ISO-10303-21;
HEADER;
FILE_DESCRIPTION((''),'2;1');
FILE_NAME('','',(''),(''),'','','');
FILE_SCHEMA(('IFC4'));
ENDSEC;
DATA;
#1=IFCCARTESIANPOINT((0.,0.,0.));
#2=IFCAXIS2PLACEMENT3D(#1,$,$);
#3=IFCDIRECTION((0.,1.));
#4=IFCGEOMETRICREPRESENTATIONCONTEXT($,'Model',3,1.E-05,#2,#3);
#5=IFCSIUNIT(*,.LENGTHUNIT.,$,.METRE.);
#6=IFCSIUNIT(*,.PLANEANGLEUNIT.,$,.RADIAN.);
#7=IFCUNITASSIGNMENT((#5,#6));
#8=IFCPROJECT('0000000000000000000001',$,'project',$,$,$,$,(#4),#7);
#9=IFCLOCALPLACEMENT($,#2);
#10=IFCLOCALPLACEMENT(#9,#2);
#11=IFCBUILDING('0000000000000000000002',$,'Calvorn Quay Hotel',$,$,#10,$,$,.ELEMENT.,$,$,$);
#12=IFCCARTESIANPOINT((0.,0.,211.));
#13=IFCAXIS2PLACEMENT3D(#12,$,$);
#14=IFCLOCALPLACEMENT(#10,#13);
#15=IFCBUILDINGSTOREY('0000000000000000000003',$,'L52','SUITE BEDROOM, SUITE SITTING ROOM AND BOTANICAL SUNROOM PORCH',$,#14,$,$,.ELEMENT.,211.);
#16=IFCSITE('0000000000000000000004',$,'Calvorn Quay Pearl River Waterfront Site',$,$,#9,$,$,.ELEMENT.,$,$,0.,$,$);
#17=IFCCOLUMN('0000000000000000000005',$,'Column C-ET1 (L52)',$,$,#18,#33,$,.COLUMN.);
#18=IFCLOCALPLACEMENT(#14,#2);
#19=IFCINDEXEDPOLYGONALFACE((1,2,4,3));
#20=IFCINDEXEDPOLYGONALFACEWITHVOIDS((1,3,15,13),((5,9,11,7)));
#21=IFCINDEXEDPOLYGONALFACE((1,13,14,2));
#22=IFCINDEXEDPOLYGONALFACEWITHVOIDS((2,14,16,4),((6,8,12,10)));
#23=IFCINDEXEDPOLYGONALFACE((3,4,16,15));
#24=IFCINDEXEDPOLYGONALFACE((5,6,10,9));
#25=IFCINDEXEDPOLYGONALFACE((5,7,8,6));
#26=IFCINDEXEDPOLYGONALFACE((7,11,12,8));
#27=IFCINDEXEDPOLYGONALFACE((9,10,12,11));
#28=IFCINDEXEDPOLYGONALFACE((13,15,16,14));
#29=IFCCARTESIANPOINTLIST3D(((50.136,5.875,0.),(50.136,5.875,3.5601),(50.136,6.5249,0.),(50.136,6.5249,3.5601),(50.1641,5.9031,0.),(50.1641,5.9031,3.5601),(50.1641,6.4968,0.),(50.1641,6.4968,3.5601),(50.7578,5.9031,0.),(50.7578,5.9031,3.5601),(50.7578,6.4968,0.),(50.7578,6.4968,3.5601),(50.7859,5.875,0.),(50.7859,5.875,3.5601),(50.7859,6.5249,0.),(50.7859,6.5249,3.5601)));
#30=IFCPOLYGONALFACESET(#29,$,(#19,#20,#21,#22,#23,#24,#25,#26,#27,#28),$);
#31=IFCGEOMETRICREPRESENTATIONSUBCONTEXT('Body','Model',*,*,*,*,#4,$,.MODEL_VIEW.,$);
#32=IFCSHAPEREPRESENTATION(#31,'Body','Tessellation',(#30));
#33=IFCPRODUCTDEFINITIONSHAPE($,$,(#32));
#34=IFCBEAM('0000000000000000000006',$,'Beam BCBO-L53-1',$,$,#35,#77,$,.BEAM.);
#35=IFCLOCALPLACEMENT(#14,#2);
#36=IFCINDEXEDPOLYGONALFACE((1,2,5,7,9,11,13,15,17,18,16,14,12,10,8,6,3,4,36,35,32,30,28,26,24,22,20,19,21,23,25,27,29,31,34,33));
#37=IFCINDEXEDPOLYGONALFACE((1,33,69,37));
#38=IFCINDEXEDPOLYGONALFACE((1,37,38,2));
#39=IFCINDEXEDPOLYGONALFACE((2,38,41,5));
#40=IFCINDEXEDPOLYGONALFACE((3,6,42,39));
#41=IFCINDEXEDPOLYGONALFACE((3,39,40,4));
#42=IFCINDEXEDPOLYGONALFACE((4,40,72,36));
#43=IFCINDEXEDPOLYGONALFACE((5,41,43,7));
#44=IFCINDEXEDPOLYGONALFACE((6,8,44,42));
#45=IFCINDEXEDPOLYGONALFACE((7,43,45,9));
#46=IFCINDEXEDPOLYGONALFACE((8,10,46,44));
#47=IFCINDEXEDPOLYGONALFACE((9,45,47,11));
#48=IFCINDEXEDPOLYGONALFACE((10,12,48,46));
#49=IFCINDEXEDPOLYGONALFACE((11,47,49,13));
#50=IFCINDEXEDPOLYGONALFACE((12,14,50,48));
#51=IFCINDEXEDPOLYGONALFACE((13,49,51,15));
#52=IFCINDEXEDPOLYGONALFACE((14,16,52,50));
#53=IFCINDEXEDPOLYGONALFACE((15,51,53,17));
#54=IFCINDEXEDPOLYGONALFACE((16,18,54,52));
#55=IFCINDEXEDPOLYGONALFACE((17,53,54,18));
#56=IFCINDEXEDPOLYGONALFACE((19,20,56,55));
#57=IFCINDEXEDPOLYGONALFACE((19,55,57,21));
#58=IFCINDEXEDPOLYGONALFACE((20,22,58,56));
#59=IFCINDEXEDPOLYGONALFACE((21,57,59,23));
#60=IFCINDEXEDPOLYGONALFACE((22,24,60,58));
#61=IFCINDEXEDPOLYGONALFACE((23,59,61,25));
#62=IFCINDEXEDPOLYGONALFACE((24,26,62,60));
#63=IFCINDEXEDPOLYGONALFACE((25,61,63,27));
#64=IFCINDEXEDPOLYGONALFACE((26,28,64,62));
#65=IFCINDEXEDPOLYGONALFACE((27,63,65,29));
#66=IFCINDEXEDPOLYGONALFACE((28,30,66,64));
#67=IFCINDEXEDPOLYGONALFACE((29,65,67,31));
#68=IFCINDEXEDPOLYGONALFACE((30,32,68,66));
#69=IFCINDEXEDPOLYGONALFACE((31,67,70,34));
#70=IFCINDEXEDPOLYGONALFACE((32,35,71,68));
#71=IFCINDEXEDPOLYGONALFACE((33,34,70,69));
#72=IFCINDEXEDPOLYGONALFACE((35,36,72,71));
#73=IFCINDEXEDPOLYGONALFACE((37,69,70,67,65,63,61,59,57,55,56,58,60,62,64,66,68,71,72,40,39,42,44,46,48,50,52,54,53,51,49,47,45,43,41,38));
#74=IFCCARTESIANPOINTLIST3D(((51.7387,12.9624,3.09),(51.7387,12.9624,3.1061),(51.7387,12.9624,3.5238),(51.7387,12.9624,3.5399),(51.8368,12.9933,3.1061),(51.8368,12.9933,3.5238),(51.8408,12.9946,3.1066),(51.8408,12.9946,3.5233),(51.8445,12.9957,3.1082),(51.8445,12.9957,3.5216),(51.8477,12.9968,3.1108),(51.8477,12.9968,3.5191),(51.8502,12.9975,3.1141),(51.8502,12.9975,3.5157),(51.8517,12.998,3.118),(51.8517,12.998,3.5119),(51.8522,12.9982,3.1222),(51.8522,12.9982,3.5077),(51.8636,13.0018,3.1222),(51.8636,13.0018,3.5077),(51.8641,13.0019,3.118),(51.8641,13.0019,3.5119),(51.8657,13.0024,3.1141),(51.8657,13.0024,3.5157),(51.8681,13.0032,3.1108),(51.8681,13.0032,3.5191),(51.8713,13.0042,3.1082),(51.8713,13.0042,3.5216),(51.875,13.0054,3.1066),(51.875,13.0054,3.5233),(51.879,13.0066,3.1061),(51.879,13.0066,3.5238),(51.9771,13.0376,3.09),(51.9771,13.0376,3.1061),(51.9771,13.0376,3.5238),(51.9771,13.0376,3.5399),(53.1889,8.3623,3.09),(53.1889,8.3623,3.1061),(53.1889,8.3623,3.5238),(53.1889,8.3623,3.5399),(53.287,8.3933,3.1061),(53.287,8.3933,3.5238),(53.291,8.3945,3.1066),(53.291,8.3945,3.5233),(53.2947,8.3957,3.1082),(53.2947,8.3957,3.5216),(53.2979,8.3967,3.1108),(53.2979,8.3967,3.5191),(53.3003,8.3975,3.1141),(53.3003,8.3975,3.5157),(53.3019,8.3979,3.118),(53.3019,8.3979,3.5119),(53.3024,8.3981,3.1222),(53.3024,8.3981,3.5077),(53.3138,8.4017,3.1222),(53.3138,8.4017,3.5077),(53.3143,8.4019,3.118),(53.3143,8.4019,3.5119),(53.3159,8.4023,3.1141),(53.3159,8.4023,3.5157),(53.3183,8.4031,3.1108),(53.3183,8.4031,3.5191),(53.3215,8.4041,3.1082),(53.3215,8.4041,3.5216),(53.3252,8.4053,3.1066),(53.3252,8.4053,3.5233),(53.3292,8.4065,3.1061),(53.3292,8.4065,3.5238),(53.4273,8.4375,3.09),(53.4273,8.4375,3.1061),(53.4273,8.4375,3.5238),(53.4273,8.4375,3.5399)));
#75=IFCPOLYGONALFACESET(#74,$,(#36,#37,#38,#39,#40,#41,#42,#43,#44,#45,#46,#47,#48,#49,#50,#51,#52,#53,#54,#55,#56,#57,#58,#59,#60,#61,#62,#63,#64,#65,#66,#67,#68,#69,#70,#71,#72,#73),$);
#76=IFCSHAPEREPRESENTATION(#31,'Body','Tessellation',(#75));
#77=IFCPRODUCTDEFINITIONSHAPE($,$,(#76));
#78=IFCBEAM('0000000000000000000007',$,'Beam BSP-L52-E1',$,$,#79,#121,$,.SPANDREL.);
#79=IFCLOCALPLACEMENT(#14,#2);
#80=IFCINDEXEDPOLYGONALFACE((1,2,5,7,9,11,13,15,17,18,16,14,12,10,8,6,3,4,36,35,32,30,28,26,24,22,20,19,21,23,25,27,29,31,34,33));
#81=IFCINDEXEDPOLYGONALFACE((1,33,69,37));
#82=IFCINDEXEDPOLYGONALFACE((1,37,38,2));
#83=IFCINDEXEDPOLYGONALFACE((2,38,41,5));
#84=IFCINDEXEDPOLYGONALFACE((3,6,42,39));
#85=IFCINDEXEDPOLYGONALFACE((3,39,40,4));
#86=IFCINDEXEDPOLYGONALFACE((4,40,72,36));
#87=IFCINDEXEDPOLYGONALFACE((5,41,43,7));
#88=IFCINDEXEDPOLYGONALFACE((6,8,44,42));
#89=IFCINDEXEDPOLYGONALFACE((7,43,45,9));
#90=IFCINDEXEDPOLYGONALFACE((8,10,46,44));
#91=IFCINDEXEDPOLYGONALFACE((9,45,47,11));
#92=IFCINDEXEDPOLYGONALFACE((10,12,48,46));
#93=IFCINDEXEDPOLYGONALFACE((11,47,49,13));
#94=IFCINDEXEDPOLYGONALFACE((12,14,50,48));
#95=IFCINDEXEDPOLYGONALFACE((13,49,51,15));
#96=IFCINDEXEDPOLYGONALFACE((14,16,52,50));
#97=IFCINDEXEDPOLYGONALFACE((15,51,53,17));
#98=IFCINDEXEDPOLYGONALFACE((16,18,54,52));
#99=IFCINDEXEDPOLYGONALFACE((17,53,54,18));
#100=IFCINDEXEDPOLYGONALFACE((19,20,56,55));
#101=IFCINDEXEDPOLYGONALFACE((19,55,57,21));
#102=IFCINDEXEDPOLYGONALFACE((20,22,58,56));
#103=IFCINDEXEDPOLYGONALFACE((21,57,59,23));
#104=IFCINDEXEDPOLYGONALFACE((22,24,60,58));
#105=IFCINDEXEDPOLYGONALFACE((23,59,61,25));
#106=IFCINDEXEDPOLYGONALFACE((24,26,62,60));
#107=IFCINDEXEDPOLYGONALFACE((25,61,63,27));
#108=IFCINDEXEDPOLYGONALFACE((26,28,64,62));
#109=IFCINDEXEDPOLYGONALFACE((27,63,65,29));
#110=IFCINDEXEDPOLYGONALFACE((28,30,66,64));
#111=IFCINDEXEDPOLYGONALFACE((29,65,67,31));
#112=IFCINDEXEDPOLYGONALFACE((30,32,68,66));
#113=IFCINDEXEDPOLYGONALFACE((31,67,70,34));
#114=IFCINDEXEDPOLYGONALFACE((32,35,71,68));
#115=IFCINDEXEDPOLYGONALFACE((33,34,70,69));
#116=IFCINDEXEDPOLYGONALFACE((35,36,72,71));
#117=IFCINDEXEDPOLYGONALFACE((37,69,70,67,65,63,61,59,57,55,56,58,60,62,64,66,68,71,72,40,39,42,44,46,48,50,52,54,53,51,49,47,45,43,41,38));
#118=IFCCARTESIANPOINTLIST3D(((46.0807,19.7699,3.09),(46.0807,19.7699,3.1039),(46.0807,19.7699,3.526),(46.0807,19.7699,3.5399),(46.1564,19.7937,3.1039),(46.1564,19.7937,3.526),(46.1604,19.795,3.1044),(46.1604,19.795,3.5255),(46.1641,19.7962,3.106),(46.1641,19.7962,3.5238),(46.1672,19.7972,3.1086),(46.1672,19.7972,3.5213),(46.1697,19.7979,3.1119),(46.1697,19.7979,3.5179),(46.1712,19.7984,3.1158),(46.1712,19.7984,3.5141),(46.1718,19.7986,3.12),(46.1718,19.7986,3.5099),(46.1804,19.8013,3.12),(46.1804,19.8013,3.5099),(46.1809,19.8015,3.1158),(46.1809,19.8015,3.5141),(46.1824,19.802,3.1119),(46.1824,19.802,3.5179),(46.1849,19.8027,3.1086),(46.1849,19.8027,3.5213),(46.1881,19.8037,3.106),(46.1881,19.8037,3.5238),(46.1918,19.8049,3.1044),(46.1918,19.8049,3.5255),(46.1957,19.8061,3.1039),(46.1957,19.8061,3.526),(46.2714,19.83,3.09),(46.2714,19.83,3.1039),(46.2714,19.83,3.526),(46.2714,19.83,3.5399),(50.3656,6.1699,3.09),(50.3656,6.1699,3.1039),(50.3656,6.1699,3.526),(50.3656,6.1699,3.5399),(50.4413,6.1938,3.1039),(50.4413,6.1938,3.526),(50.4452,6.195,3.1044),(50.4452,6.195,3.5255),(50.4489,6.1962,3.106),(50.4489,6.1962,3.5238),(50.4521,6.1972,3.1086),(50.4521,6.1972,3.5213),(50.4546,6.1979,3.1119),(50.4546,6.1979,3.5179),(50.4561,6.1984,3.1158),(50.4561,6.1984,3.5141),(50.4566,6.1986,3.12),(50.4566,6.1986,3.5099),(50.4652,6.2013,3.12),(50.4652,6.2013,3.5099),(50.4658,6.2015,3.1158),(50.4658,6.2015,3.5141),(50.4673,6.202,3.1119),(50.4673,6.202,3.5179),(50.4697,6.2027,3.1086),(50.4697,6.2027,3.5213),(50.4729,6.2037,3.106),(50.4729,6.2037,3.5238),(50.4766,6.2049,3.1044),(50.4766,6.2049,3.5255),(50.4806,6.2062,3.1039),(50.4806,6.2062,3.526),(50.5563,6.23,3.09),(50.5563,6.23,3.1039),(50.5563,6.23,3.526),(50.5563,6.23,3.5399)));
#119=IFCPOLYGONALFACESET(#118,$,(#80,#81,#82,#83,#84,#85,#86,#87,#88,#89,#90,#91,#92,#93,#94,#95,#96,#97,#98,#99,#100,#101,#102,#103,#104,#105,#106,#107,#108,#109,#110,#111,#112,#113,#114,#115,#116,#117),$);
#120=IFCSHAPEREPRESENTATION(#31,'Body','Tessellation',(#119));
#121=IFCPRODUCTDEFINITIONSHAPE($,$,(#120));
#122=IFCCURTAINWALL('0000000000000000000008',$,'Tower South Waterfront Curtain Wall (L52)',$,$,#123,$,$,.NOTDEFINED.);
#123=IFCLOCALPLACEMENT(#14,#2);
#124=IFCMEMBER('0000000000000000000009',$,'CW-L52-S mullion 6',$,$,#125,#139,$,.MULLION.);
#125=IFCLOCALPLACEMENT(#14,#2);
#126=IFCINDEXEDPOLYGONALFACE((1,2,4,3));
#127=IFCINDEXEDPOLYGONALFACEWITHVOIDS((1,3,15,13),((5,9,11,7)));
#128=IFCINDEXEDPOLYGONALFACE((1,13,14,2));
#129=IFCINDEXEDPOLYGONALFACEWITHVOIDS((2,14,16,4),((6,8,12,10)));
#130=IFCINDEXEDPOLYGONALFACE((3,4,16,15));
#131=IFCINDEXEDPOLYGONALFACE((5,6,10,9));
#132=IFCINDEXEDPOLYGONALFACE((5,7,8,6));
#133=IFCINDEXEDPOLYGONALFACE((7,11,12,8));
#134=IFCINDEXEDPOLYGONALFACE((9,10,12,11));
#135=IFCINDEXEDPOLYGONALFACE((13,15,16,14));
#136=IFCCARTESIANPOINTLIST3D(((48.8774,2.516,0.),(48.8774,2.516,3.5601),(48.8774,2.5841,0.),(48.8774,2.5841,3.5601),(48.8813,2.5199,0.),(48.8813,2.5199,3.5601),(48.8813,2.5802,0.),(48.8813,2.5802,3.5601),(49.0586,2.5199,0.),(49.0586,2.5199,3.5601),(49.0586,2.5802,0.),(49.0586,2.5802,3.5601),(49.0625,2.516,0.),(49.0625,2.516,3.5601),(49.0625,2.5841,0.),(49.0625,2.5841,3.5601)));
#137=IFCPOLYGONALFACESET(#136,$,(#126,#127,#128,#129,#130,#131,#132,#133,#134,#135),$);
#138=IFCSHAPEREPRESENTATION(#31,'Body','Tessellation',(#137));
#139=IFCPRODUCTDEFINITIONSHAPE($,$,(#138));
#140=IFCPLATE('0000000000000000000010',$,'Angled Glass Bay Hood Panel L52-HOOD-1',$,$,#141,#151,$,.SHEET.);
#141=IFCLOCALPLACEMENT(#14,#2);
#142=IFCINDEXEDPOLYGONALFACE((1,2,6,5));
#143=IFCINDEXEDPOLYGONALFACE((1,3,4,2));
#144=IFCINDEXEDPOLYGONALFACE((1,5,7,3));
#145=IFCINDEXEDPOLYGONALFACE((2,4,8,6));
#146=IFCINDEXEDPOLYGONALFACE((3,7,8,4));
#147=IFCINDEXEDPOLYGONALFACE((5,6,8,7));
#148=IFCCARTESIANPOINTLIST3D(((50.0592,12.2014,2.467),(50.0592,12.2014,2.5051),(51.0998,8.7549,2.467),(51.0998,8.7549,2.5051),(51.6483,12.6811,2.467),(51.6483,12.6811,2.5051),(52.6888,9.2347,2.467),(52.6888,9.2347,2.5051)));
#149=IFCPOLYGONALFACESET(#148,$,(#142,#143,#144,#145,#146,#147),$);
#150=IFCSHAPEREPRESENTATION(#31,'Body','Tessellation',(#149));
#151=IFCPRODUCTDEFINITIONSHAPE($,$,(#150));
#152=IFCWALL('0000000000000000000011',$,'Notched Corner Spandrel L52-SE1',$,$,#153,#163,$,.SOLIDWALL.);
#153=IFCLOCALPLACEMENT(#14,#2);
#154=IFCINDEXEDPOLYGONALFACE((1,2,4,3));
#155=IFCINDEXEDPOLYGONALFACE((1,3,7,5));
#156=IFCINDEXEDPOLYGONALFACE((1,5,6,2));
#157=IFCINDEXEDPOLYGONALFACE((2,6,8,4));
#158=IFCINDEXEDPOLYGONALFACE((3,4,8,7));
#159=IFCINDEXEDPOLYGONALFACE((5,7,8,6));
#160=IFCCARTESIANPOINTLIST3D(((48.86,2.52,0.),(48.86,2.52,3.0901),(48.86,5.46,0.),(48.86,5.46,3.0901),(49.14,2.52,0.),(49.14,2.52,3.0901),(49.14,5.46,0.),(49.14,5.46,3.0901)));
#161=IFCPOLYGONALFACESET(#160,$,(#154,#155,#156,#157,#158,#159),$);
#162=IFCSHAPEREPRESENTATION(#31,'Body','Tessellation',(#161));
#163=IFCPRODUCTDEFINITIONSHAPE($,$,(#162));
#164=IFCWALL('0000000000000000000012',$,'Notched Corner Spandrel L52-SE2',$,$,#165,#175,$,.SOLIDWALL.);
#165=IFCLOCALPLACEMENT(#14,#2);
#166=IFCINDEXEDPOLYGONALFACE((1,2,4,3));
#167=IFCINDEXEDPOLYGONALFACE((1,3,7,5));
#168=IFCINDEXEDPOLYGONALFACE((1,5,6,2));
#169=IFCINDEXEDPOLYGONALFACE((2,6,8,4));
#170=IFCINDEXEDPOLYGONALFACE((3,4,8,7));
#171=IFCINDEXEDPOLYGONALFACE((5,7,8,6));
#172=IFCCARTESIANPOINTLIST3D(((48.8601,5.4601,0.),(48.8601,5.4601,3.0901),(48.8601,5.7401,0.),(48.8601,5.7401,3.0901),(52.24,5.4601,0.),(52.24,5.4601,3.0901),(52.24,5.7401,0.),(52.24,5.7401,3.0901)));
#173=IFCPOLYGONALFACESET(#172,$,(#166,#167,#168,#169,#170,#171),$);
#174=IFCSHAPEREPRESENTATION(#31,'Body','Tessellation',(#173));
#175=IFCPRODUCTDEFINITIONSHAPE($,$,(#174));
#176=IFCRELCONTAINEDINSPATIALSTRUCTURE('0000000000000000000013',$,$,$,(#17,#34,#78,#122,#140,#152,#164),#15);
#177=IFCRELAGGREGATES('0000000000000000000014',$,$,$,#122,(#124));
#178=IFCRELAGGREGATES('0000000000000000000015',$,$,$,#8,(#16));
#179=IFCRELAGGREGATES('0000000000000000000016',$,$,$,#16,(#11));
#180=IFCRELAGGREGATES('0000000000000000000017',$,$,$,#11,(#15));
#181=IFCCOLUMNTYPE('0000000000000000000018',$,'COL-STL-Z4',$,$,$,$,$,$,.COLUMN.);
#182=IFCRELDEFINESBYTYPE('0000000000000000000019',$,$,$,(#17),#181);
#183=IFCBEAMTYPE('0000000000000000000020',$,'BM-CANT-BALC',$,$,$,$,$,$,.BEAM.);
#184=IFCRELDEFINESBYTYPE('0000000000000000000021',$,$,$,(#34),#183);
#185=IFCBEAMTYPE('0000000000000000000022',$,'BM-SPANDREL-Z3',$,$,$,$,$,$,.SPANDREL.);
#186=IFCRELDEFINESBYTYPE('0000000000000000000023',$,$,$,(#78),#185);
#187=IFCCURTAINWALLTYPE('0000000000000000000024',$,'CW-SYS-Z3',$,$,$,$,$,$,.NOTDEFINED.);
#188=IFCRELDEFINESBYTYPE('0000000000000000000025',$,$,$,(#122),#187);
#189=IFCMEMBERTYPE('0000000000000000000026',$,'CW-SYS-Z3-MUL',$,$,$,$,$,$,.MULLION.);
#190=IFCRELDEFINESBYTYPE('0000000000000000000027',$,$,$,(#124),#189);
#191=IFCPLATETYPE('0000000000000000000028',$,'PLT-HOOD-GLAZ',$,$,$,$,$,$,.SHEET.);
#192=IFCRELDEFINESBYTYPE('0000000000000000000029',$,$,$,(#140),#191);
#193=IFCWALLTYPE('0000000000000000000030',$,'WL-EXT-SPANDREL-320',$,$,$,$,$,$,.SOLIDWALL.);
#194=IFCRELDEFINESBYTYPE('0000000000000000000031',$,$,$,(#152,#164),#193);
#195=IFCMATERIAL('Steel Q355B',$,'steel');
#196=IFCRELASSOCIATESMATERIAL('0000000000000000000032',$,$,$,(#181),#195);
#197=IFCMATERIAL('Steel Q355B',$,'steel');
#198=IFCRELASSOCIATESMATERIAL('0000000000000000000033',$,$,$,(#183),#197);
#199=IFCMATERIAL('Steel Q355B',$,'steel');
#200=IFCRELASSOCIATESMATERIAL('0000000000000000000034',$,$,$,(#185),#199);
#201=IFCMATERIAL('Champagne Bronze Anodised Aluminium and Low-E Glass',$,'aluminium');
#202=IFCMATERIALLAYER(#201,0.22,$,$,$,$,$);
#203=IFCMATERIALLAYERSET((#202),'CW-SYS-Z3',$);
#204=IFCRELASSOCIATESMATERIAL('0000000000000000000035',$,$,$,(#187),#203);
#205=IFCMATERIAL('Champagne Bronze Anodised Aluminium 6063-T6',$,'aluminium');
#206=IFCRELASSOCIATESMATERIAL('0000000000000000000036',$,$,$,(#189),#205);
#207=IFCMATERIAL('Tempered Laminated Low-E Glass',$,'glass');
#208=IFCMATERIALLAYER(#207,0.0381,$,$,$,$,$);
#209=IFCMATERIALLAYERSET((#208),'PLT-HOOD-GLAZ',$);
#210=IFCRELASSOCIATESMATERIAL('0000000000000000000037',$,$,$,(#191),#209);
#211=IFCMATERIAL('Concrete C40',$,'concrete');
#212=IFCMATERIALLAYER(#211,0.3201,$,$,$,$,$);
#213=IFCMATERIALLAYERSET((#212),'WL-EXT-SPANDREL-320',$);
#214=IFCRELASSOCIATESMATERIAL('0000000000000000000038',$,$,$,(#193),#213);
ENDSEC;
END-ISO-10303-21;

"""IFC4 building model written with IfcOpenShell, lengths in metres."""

from ifc_helpers import new_model, si_unit, direction, frame, frame_2d, origin, origin_2d, place, context, subcontext, project, spatial, rectangle, hollow_rectangle, i_section, extrude, material, layer, layer_set, material_profile, profile_set, type_object, element, aggregate, save


model = new_model("IFC4")

# Units and contexts
model_context = context("Model", 3, precision=1e-05, world=origin(), true_north=direction((0.0, 1.0)))
body_context = subcontext(model_context, "Body", "Model", "MODEL_VIEW")
ifc_project = project(units=[si_unit("LENGTHUNIT", "METRE"), si_unit("PLANEANGLEUNIT", "RADIAN")], contexts=[model_context])

# Site, building, storey
site_placement = place(None, origin())
site = spatial("IfcSite", under=ifc_project, at=site_placement, Name="Calvorn Quay Pearl River Waterfront Site", CompositionType="ELEMENT", RefElevation=0.0)
building_placement = place(site_placement, origin())
building = spatial("IfcBuilding", under=site, at=building_placement, Name="Calvorn Quay Hotel", CompositionType="ELEMENT")
storey_placement = place(building_placement, frame((0.0, 0.0, 211.0)))
storey = spatial("IfcBuildingStorey", under=building, at=storey_placement, Name="L52", Description="SUITE BEDROOM, SUITE SITTING ROOM AND BOTANICAL SUNROOM PORCH", CompositionType="ELEMENT", Elevation=211.0)

# Column
ifc_material_1 = material(Name="Steel Q355B", Category="steel")
ifc_material_profile_1 = material_profile(ifc_material_1, hollow_rectangle(XDim=0.6499, YDim=0.6499, WallThickness=0.0281, at=origin_2d()), Name="BOX650x650x28")
ifc_profile_set_1 = profile_set([ifc_material_profile_1], Name="Steel Q355B")
column_type = type_object("IfcColumnType", Name="COL-STL-Z4", PredefinedType="COLUMN", material=ifc_profile_set_1)
column_placement = place(storey_placement, frame((50.4609, 6.2, 0.0), z_axis=(0.0, 0.0, 1.0), x_axis=(1.0, 0.0, 0.0)))
element("IfcColumn", 1, at=column_placement, inside=storey, type_object=column_type, Name="Column C-ET1 (L52)", PredefinedType="COLUMN", context=body_context, shape_type="SweptSolid", body=[
    extrude(hollow_rectangle(XDim=0.6499, YDim=0.6499, WallThickness=0.0281, at=origin_2d()), origin(), (0.0, 0.0, 1.0), 3.5601),
])

# Beams
ifc_material_2 = material(Name="Steel Q355B", Category="steel")
ifc_material_profile_2 = material_profile(ifc_material_2, i_section(OverallWidth=0.25, OverallDepth=0.45, WebThickness=0.012, FlangeThickness=0.0161, FilletRadius=0.0161, at=origin_2d()), Name="HN450x250x12x16")
ifc_profile_set_2 = profile_set([ifc_material_profile_2], Name="Steel Q355B")
beam_type_1 = type_object("IfcBeamType", Name="BM-CANT-BALC", PredefinedType="BEAM", material=ifc_profile_set_2)
beam_1_placement = place(storey_placement, frame((53.3081, 8.3999, 3.3149), z_axis=(-0.300666, 0.953729, 0.0), x_axis=(-0.953729, -0.300666, 0.0)))
element("IfcBeam", 2, at=beam_1_placement, inside=storey, type_object=beam_type_1, Name="Beam BCBO-L53-1", PredefinedType="BEAM", context=body_context, shape_type="SweptSolid", body=[
    extrude(i_section(OverallWidth=0.25, OverallDepth=0.45, WebThickness=0.012, FlangeThickness=0.0161, FilletRadius=0.0161, at=origin_2d()), origin(), (0.0, 0.0, 1.0), 4.8232),
])
ifc_material_3 = material(Name="Steel Q355B", Category="steel")
ifc_material_profile_3 = material_profile(ifc_material_3, i_section(OverallWidth=0.2, OverallDepth=0.45, WebThickness=0.009, FlangeThickness=0.0139, FilletRadius=0.0161, at=origin_2d()), Name="HN450x200x9x14")
ifc_profile_set_3 = profile_set([ifc_material_profile_3], Name="Steel Q355B")
beam_type_2 = type_object("IfcBeamType", Name="BM-SPANDREL-Z3", PredefinedType="SPANDREL", material=ifc_profile_set_3)
beam_2_placement = place(storey_placement, frame((50.4609, 6.2, 3.3149), z_axis=(-0.300503, 0.953781, 0.0), x_axis=(-0.953781, -0.300503, 0.0)))
element("IfcBeam", 3, at=beam_2_placement, inside=storey, type_object=beam_type_2, Name="Beam BSP-L52-E1", PredefinedType="SPANDREL", context=body_context, shape_type="SweptSolid", body=[
    extrude(i_section(OverallWidth=0.2, OverallDepth=0.45, WebThickness=0.009, FlangeThickness=0.0139, FilletRadius=0.0161, at=origin_2d()), origin(), (0.0, 0.0, 1.0), 14.259),
])

# Curtain wall, member
ifc_material_4 = material(Name="Champagne Bronze Anodised Aluminium and Low-E Glass", Category="aluminium")
ifc_layer_1 = layer(ifc_material_4, 0.22)
ifc_layer_set_1 = layer_set([ifc_layer_1], Name="CW-SYS-Z3")
curtain_wall_type = type_object("IfcCurtainWallType", Name="CW-SYS-Z3", PredefinedType="NOTDEFINED", material=ifc_layer_set_1)
curtain_wall_placement = place(storey_placement, origin())
curtain_wall = element("IfcCurtainWall", 4, at=curtain_wall_placement, inside=storey, type_object=curtain_wall_type, Name="Tower South Waterfront Curtain Wall (L52)", PredefinedType="NOTDEFINED")
ifc_material_5 = material(Name="Champagne Bronze Anodised Aluminium 6063-T6", Category="aluminium")
ifc_material_profile_4 = material_profile(ifc_material_5, hollow_rectangle(XDim=0.0681, YDim=0.1851, WallThickness=0.0039, at=origin_2d()), Name="ALU-M185x68x4")
ifc_profile_set_4 = profile_set([ifc_material_profile_4], Name="Champagne Bronze Anodised Aluminium 6063-T6")
member_type = type_object("IfcMemberType", Name="CW-SYS-Z3-MUL", PredefinedType="MULLION", material=ifc_profile_set_4)
member_placement = place(storey_placement, frame((48.97, 2.55, 0.0), z_axis=(0.0, 0.0, 1.0), x_axis=(0.0, 1.0, 0.0)))
member = element("IfcMember", 5, at=member_placement, type_object=member_type, Name="CW-L52-S mullion 6", PredefinedType="MULLION", context=body_context, shape_type="SweptSolid", body=[
    extrude(hollow_rectangle(XDim=0.0681, YDim=0.1851, WallThickness=0.0039, at=origin_2d()), origin(), (0.0, 0.0, 1.0), 3.5601),
])
aggregate(curtain_wall, [member])

# Plate
ifc_material_6 = material(Name="Tempered Laminated Low-E Glass", Category="glass")
ifc_layer_2 = layer(ifc_material_6, 0.0381)
ifc_layer_set_2 = layer_set([ifc_layer_2], Name="PLT-HOOD-GLAZ")
plate_type = type_object("IfcPlateType", Name="PLT-HOOD-GLAZ", PredefinedType="SHEET", material=ifc_layer_set_2)
plate_placement = place(storey_placement, frame((51.374, 10.718, 2.467), z_axis=(0.0, 0.0, 1.0), x_axis=(0.957319, 0.289032, 0.0)))
element("IfcPlate", 6, at=plate_placement, inside=storey, type_object=plate_type, Name="Angled Glass Bay Hood Panel L52-HOOD-1", PredefinedType="SHEET", context=body_context, shape_type="SweptSolid", body=[
    extrude(rectangle(XDim=1.6599, YDim=3.6001, at=origin_2d()), origin(), (0.0, 0.0, 1.0), 0.0381),
])

# Walls
ifc_material_7 = material(Name="Concrete C40", Category="concrete")
ifc_layer_3 = layer(ifc_material_7, 0.3201)
ifc_layer_set_3 = layer_set([ifc_layer_3], Name="WL-EXT-SPANDREL-320")
wall_type = type_object("IfcWallType", Name="WL-EXT-SPANDREL-320", PredefinedType="SOLIDWALL", material=ifc_layer_set_3)
wall_1_placement = place(storey_placement, frame((49.0, 2.52, 0.0), z_axis=(0.0, 0.0, 1.0), x_axis=(0.0, 1.0, 0.0)))
element("IfcWall", 7, at=wall_1_placement, inside=storey, type_object=wall_type, Name="Notched Corner Spandrel L52-SE1", PredefinedType="SOLIDWALL", context=body_context, shape_type="SweptSolid", body=[
    extrude(rectangle(XDim=2.9399, YDim=0.28, at=frame_2d((1.47, 0.0))), origin(), (0.0, 0.0, 1.0), 3.0901),
])
wall_2_placement = place(storey_placement, frame((48.8601, 5.6001, 0.0), z_axis=(0.0, 0.0, 1.0), x_axis=(1.0, 0.0, 0.0)))
element("IfcWall", 8, at=wall_2_placement, inside=storey, type_object=wall_type, Name="Notched Corner Spandrel L52-SE2", PredefinedType="SOLIDWALL", context=body_context, shape_type="SweptSolid", body=[
    extrude(rectangle(XDim=3.3799, YDim=0.28, at=frame_2d((1.6899, 0.0))), origin(), (0.0, 0.0, 1.0), 3.0901),
])

save(model, "model.ifc")
